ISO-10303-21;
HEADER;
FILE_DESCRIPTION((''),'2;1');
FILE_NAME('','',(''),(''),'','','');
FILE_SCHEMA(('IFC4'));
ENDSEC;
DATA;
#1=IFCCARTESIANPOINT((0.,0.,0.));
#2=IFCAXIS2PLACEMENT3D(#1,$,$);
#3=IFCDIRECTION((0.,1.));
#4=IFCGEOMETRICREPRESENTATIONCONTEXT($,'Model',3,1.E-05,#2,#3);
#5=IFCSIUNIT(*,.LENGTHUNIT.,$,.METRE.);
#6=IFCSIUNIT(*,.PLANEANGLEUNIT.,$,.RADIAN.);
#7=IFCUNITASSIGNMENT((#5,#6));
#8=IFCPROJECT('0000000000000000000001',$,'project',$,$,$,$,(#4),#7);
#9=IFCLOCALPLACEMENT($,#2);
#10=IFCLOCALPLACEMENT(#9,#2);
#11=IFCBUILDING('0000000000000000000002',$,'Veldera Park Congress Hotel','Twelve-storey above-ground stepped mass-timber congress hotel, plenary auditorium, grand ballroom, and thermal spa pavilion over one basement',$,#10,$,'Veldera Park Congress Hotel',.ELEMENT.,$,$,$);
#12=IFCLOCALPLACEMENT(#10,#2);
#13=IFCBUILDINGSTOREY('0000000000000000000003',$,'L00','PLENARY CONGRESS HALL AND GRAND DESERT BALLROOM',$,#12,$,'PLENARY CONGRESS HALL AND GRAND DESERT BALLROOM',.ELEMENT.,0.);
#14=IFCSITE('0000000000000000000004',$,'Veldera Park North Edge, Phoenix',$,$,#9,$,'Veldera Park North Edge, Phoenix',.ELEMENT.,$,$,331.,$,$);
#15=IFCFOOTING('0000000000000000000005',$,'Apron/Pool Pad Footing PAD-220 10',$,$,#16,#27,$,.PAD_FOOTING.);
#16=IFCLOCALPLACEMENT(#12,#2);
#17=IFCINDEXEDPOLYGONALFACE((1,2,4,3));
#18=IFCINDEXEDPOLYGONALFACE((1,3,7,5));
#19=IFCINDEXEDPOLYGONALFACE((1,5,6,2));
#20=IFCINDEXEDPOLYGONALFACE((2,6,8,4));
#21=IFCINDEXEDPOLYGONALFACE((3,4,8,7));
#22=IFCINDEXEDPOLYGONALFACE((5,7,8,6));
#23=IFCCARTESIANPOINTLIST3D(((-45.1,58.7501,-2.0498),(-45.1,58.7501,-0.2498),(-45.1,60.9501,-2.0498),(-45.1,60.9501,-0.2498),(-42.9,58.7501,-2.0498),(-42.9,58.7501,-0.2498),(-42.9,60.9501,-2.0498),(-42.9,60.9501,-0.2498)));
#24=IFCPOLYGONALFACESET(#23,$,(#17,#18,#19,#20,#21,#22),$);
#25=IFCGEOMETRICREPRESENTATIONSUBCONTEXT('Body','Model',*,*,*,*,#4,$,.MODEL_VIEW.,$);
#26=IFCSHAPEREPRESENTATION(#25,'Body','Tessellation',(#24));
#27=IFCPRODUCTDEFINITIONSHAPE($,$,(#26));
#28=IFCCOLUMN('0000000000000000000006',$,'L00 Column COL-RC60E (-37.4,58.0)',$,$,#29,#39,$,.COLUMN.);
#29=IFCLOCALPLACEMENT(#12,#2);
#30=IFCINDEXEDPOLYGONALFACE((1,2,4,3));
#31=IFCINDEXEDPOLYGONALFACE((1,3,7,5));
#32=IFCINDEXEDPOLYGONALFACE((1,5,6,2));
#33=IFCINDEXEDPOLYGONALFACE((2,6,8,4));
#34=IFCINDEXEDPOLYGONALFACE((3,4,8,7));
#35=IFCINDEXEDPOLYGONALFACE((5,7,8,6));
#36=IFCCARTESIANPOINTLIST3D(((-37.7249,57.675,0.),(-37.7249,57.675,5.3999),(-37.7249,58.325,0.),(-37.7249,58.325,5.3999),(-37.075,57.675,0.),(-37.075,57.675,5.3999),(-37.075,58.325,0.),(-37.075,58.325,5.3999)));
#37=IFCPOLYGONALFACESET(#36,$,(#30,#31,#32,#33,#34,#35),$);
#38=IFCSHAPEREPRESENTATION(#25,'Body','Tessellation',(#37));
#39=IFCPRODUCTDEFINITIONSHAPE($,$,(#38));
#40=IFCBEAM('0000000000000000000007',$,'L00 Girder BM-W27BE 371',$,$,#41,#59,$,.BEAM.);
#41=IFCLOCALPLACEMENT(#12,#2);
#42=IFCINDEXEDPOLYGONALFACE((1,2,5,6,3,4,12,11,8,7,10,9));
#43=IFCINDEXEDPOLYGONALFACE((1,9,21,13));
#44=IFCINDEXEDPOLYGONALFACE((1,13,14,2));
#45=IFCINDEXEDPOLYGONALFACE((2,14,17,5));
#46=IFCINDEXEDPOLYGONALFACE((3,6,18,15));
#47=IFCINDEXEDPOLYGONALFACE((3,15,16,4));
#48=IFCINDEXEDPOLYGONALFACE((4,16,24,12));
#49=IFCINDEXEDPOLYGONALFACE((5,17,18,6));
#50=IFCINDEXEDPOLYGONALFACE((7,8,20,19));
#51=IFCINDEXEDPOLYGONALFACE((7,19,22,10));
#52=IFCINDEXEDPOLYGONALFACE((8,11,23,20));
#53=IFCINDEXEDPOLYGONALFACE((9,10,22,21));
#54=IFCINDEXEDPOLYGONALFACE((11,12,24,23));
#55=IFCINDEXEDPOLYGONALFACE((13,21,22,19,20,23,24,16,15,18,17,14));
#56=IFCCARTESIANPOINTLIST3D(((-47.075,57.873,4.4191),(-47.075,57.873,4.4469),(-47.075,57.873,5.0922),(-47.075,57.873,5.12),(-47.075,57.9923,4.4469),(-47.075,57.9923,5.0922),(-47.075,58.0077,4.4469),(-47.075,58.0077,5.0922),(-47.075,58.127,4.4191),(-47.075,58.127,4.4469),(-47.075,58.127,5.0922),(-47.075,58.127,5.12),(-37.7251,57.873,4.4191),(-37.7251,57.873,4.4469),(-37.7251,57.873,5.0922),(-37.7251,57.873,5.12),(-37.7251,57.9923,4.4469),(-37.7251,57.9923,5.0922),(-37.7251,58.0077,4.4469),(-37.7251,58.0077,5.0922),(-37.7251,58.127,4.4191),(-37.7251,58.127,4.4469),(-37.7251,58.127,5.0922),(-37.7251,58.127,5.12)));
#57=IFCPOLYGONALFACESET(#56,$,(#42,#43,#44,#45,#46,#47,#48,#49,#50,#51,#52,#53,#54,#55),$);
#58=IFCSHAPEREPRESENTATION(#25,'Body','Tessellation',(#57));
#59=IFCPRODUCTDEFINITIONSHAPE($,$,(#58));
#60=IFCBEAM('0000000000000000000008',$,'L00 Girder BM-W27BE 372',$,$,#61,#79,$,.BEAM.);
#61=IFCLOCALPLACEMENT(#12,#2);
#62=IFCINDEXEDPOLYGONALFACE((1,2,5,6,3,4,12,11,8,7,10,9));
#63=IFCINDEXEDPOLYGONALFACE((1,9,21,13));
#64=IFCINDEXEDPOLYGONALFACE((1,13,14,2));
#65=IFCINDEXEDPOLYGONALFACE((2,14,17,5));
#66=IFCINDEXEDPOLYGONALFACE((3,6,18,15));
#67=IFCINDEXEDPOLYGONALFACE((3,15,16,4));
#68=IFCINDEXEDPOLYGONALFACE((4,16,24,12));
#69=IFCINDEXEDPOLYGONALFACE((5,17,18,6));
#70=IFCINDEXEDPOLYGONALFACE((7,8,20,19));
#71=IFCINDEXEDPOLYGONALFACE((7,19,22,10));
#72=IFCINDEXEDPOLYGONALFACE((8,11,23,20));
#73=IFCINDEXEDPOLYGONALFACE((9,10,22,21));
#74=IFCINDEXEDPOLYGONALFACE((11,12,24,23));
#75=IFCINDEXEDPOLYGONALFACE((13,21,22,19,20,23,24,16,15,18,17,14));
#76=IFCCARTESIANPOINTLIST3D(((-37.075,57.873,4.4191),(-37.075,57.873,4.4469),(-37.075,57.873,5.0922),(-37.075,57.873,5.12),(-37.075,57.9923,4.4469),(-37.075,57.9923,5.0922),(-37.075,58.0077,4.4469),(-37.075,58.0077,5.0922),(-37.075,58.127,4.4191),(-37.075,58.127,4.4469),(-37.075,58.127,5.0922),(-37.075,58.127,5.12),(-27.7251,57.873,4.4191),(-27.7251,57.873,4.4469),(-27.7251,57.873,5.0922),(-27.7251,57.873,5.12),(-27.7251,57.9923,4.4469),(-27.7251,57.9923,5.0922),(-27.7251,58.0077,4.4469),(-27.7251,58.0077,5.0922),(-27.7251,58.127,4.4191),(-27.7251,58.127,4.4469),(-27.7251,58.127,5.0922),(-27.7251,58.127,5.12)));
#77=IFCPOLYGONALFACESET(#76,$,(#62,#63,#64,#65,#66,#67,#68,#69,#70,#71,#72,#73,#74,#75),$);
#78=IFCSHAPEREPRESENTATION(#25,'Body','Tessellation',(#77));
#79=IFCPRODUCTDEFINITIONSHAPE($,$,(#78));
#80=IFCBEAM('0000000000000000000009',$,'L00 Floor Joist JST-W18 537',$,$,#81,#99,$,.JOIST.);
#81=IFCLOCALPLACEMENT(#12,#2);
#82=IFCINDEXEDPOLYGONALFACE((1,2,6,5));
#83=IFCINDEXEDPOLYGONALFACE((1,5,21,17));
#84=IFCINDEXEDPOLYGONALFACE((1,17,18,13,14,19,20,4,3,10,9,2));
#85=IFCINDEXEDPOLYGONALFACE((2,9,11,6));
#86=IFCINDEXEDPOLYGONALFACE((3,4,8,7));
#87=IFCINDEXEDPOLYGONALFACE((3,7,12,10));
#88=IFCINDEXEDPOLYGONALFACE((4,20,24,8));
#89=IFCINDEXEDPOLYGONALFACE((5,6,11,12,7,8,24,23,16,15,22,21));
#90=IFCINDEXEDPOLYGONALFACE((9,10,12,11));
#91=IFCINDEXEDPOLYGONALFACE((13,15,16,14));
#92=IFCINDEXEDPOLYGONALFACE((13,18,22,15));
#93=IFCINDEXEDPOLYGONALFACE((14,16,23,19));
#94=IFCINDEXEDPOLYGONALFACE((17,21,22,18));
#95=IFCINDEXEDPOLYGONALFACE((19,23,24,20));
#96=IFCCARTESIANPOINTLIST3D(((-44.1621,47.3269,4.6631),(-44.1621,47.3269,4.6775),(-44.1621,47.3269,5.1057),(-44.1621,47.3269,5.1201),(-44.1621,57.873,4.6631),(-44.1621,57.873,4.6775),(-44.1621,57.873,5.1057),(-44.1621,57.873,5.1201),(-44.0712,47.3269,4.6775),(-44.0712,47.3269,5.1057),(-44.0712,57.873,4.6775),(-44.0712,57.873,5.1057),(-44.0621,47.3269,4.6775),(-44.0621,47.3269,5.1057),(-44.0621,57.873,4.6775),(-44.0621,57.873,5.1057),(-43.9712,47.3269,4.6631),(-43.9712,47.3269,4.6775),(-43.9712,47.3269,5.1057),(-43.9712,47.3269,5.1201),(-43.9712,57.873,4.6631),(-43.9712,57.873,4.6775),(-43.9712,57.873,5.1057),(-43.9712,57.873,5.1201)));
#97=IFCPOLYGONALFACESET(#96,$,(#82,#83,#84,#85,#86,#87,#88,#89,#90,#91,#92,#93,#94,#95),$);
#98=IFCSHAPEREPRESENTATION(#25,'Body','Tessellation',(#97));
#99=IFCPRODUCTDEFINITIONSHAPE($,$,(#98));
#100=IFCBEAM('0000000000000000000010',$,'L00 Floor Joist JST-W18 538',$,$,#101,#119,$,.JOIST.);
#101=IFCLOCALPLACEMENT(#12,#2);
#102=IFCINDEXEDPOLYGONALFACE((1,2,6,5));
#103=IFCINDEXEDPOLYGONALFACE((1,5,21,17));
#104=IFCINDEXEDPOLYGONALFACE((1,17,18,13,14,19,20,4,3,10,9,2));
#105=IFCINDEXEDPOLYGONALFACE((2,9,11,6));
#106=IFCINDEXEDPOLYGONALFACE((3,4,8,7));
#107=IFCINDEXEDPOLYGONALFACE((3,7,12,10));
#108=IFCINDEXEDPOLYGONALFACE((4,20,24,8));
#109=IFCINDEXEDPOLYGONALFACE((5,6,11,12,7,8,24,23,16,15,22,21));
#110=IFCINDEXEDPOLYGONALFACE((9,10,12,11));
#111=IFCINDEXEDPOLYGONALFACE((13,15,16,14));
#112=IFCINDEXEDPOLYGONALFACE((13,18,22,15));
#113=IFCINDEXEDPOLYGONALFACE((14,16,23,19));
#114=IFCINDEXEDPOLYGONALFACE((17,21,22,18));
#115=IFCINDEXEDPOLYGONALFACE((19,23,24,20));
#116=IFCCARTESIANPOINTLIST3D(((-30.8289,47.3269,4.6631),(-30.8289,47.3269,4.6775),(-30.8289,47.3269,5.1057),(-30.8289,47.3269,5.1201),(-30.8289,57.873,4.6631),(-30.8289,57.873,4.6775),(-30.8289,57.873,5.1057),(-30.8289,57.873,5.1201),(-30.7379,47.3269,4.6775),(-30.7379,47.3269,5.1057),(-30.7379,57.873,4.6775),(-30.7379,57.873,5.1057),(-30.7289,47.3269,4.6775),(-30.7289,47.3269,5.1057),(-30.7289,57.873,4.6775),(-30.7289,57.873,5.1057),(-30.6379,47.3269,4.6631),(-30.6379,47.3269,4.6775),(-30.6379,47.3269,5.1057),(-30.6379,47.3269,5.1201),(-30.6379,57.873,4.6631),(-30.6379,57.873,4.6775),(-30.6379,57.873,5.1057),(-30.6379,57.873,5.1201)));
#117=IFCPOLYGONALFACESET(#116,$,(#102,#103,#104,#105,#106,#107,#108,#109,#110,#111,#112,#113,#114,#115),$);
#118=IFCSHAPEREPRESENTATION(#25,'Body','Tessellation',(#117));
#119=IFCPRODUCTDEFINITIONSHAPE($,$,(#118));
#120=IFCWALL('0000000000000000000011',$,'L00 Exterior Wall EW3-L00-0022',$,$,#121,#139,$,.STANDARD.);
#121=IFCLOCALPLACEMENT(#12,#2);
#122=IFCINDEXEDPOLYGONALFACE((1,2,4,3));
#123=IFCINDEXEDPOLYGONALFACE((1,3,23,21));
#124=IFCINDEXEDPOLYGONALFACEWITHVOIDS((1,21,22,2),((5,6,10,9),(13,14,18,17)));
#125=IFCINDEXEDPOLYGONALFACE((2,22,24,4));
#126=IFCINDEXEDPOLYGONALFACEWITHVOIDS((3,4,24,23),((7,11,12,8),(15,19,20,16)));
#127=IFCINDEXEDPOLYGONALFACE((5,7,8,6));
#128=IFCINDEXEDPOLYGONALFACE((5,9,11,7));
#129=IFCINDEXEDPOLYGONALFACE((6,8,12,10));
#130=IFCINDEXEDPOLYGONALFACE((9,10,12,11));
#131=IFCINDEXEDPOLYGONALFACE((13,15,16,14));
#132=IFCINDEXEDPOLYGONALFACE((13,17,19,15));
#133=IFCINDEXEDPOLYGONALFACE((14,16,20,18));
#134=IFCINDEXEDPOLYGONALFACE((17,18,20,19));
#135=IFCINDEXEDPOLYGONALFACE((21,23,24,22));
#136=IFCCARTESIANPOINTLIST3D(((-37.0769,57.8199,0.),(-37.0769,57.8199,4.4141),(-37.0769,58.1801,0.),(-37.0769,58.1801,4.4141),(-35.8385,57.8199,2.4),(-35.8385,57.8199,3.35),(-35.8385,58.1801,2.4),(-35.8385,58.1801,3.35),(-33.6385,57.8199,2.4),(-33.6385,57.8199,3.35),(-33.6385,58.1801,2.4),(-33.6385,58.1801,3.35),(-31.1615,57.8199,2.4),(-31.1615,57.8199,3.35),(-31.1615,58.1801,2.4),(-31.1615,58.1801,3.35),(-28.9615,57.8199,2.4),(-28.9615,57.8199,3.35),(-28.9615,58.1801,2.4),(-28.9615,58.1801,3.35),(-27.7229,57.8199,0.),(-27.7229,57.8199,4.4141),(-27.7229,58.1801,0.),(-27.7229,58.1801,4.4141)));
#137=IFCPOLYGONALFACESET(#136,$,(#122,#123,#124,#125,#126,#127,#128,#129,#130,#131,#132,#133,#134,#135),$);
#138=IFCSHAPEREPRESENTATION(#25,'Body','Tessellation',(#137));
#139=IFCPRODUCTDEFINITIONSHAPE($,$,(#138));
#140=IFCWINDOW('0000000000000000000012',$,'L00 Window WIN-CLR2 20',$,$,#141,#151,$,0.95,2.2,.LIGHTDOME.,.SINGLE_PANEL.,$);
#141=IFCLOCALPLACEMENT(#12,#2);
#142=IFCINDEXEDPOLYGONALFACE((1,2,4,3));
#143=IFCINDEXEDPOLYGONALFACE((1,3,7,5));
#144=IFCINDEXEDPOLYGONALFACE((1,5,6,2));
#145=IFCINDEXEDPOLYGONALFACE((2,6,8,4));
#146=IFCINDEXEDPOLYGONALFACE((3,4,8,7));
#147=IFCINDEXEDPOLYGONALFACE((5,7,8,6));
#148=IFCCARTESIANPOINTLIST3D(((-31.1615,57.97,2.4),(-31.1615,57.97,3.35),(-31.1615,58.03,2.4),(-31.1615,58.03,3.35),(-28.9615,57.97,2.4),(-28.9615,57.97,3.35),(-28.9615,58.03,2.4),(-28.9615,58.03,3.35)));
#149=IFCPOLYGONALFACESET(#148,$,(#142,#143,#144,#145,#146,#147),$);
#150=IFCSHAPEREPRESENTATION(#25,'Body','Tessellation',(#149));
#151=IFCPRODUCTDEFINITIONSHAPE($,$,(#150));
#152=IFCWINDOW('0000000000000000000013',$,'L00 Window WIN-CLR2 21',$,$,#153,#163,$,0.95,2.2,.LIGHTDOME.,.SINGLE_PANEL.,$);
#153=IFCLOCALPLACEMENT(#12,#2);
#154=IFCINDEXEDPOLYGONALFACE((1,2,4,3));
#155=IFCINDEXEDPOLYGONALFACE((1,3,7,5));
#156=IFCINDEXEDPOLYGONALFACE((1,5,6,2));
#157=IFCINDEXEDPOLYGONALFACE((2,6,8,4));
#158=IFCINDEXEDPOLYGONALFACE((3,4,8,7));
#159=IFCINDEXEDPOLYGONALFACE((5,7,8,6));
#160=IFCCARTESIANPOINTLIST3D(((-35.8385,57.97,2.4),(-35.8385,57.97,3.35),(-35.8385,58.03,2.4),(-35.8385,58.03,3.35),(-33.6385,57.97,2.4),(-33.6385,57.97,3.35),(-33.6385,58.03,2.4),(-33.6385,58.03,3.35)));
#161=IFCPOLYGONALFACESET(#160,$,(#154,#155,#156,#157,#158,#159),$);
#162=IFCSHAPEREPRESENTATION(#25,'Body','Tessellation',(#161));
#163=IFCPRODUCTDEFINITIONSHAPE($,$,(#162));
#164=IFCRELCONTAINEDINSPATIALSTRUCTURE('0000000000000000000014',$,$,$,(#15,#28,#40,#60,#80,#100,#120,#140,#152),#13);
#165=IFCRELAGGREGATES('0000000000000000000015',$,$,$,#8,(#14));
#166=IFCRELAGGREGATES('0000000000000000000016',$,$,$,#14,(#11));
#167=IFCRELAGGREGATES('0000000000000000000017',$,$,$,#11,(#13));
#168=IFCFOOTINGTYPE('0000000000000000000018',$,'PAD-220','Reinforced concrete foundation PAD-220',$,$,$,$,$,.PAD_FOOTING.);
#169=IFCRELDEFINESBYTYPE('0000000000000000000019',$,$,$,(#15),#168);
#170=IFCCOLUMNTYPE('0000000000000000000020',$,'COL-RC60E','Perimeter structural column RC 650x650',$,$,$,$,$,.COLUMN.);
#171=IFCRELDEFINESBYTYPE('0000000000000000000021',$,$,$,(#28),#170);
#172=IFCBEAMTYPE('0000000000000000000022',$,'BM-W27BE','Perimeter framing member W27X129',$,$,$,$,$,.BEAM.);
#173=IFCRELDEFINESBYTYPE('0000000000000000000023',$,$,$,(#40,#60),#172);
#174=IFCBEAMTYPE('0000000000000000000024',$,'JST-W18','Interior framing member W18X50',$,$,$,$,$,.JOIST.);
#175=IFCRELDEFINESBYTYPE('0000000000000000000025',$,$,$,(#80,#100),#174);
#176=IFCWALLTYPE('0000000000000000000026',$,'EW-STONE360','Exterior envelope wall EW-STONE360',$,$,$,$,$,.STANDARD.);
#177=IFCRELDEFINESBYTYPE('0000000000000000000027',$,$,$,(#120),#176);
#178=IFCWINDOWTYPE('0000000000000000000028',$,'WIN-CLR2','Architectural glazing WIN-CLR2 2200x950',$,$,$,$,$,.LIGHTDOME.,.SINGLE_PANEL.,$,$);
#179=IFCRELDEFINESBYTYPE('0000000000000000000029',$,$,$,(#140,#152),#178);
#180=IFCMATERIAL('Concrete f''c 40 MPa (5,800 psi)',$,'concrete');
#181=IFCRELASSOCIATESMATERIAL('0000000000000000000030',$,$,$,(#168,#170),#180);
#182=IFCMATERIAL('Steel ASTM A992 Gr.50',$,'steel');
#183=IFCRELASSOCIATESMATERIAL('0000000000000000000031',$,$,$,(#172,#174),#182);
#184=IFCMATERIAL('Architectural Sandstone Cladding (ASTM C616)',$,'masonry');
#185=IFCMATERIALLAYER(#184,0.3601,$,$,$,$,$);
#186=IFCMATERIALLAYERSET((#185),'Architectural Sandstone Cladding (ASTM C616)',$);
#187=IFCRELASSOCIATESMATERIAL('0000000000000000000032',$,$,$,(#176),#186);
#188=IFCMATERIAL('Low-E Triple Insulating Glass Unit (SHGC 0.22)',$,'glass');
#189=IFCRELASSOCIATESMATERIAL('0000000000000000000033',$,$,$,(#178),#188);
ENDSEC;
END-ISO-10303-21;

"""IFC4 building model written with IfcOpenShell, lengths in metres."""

from ifc_helpers import new_model, si_unit, direction, frame, frame_2d, origin, origin_2d, place, context, subcontext, project, spatial, rectangle, i_section, extrude, material, layer, layer_set, material_profile, profile_set, type_object, element, fill, save


model = new_model("IFC4")

# Units and contexts
model_context = context("Model", 3, precision=1e-05, world=origin(), true_north=direction((0.0, 1.0)))
body_context = subcontext(model_context, "Body", "Model", "MODEL_VIEW")
ifc_project = project(units=[si_unit("LENGTHUNIT", "METRE"), si_unit("PLANEANGLEUNIT", "RADIAN")], contexts=[model_context])

# Site, building, storey
site_placement = place(None, origin())
site = spatial("IfcSite", under=ifc_project, at=site_placement, Name="Veldera Park North Edge, Phoenix", LongName="Veldera Park North Edge, Phoenix", CompositionType="ELEMENT", RefElevation=331.0)
building_placement = place(site_placement, origin())
building = spatial("IfcBuilding", under=site, at=building_placement, Name="Veldera Park Congress Hotel", Description="Twelve-storey above-ground stepped mass-timber congress hotel, plenary auditorium, grand ballroom, and thermal spa pavilion over one basement", LongName="Veldera Park Congress Hotel", CompositionType="ELEMENT")
storey_placement = place(building_placement, origin())
storey = spatial("IfcBuildingStorey", under=building, at=storey_placement, Name="L00", Description="PLENARY CONGRESS HALL AND GRAND DESERT BALLROOM", LongName="PLENARY CONGRESS HALL AND GRAND DESERT BALLROOM", CompositionType="ELEMENT", Elevation=0.0)

# Footing
ifc_material_1 = material(Name="Concrete f'c 40 MPa (5,800 psi)", Category="concrete")
footing_type = type_object("IfcFootingType", Name="PAD-220", Description="Reinforced concrete foundation PAD-220", PredefinedType="PAD_FOOTING", material=ifc_material_1)
footing_placement = place(storey_placement, frame((-44.0, 59.8501, -2.0498), z_axis=(0.0, 0.0, 1.0), x_axis=(1.0, 0.0, 0.0)))
element("IfcFooting", 1, at=footing_placement, inside=storey, type_object=footing_type, Name="Apron/Pool Pad Footing PAD-220 10", PredefinedType="PAD_FOOTING", context=body_context, shape_type="SweptSolid", body=[
    extrude(rectangle(XDim=2.2, YDim=2.2, at=origin_2d()), origin(), (0.0, 0.0, 1.0), 1.8),
])

# Column
ifc_material_profile_1 = material_profile(ifc_material_1, rectangle(XDim=0.6499, YDim=0.6499, at=origin_2d()), Name="RC 650x650")
ifc_profile_set_1 = profile_set([ifc_material_profile_1], Name="Concrete f'c 40 MPa (5,800 psi)")
column_type = type_object("IfcColumnType", Name="COL-RC60E", Description="Perimeter structural column RC 650x650", PredefinedType="COLUMN", material=ifc_profile_set_1)
column_placement = place(storey_placement, frame((-37.3999, 58.0, 0.0), z_axis=(0.0, 0.0, 1.0), x_axis=(1.0, 0.0, 0.0)))
element("IfcColumn", 2, at=column_placement, inside=storey, type_object=column_type, Name="L00 Column COL-RC60E (-37.4,58.0)", PredefinedType="COLUMN", context=body_context, shape_type="SweptSolid", body=[
    extrude(rectangle(XDim=0.6499, YDim=0.6499, at=origin_2d()), origin(), (0.0, 0.0, 1.0), 5.3999),
])

# Beams
ifc_material_2 = material(Name="Steel ASTM A992 Gr.50", Category="steel")
ifc_material_profile_2 = material_profile(ifc_material_2, i_section(OverallWidth=0.2539, OverallDepth=0.7009, WebThickness=0.0154, FlangeThickness=0.0278, at=origin_2d()), Name="W27X129")
ifc_profile_set_2 = profile_set([ifc_material_profile_2], Name="Steel ASTM A992 Gr.50")
beam_type_1 = type_object("IfcBeamType", Name="BM-W27BE", Description="Perimeter framing member W27X129", PredefinedType="BEAM", material=ifc_profile_set_2)
for number, where, z_axis, x_axis, name in (
    (3, (-47.075, 58.0, 4.7695), (1.0, 0.0, 0.0), (0.0, 1.0, 0.0), "L00 Girder BM-W27BE 371"),
    (4, (-37.075, 58.0, 4.7695), (1.0, 0.0, 0.0), (0.0, 1.0, 0.0), "L00 Girder BM-W27BE 372"),
):
    element("IfcBeam", number, at=place(storey_placement, frame(where, z_axis=z_axis, x_axis=x_axis)), inside=storey, type_object=beam_type_1, Name=name, PredefinedType="BEAM", context=body_context, shape_type="SweptSolid", body=[
        extrude(i_section(OverallWidth=0.2539, OverallDepth=0.7009, WebThickness=0.0154, FlangeThickness=0.0278, at=origin_2d()), origin(), (0.0, 0.0, 1.0), 9.3499),
    ])
ifc_material_profile_3 = material_profile(ifc_material_2, i_section(OverallWidth=0.1909, OverallDepth=0.457, WebThickness=0.009, FlangeThickness=0.0144, at=origin_2d()), Name="W18X50")
ifc_profile_set_3 = profile_set([ifc_material_profile_3], Name="Steel ASTM A992 Gr.50")
beam_type_2 = type_object("IfcBeamType", Name="JST-W18", Description="Interior framing member W18X50", PredefinedType="JOIST", material=ifc_profile_set_3)
for number, where, z_axis, x_axis, name in (
    (5, (-44.0667, 47.3269, 4.8916), (0.0, 1.0, 0.0), (-1.0, 0.0, 0.0), "L00 Floor Joist JST-W18 537"),
    (6, (-30.7334, 47.3269, 4.8916), (0.0, 1.0, 0.0), (-1.0, 0.0, 0.0), "L00 Floor Joist JST-W18 538"),
):
    element("IfcBeam", number, at=place(storey_placement, frame(where, z_axis=z_axis, x_axis=x_axis)), inside=storey, type_object=beam_type_2, Name=name, PredefinedType="JOIST", context=body_context, shape_type="SweptSolid", body=[
        extrude(i_section(OverallWidth=0.1909, OverallDepth=0.457, WebThickness=0.009, FlangeThickness=0.0144, at=origin_2d()), origin(), (0.0, 0.0, 1.0), 10.5461),
    ])

# Wall, openings, windows
ifc_material_3 = material(Name="Architectural Sandstone Cladding (ASTM C616)", Category="masonry")
ifc_layer_1 = layer(ifc_material_3, 0.3601)
ifc_layer_set_1 = layer_set([ifc_layer_1], Name="Architectural Sandstone Cladding (ASTM C616)")
wall_type_1 = type_object("IfcWallType", Name="EW-STONE360", Description="Exterior envelope wall EW-STONE360", PredefinedType="STANDARD", material=ifc_layer_set_1)
wall_1_placement = place(storey_placement, frame((-27.7229, 58.0, 0.0), z_axis=(0.0, 0.0, 1.0), x_axis=(-1.0, 0.0, 0.0)))
wall_1 = element("IfcWall", 7, at=wall_1_placement, inside=storey, type_object=wall_type_1, Name="L00 Exterior Wall EW3-L00-0022", PredefinedType="STANDARD", context=body_context, shape_type="SweptSolid", body=[
    extrude(rectangle(XDim=9.354, YDim=0.3601, at=frame_2d((4.677, 0.0))), origin(), (0.0, 0.0, 1.0), 4.4141),
])
opening_1_placement = place(wall_1_placement, frame((1.2385, 0.0, 2.3999)))
opening_1 = element("IfcOpeningElement", 8, at=opening_1_placement, cuts=wall_1, PredefinedType="OPENING", context=body_context, shape_type="SweptSolid", body=[
    extrude(rectangle(XDim=2.2, YDim=0.95, at=frame_2d((1.1001, 0.4751))), frame((0.0, 0.1921, 0.0), z_axis=(0.0, -1.0, 0.0), x_axis=(1.0, 0.0, 0.0)), (0.0, 0.0, 1.0), 0.384),
])
opening_2_placement = place(wall_1_placement, frame((5.9155, 0.0, 2.3999)))
opening_2 = element("IfcOpeningElement", 9, at=opening_2_placement, cuts=wall_1, PredefinedType="OPENING", context=body_context, shape_type="SweptSolid", body=[
    extrude(rectangle(XDim=2.2, YDim=0.95, at=frame_2d((1.1001, 0.4751))), frame((0.0, 0.1921, 0.0), z_axis=(0.0, -1.0, 0.0), x_axis=(1.0, 0.0, 0.0)), (0.0, 0.0, 1.0), 0.384),
])
ifc_material_4 = material(Name="Low-E Triple Insulating Glass Unit (SHGC 0.22)", Category="glass")
window_type = type_object("IfcWindowType", Name="WIN-CLR2", Description="Architectural glazing WIN-CLR2 2200x950", PartitioningType="SINGLE_PANEL", PredefinedType="LIGHTDOME", material=ifc_material_4)
window_1_placement = place(opening_1_placement, origin())
window_1 = element("IfcWindow", 10, at=window_1_placement, inside=storey, type_object=window_type, Name="L00 Window WIN-CLR2 20", OverallHeight=0.95, OverallWidth=2.2, PartitioningType="SINGLE_PANEL", PredefinedType="LIGHTDOME", context=body_context, shape_type="SweptSolid", body=[
    extrude(rectangle(XDim=2.2, YDim=0.95, at=frame_2d((1.1001, 0.4751))), frame((0.0, 0.03, 0.0), z_axis=(0.0, -1.0, 0.0), x_axis=(1.0, 0.0, 0.0)), (0.0, 0.0, 1.0), 0.0601),
])
fill(opening_1, window_1)
window_2_placement = place(opening_2_placement, origin())
window_2 = element("IfcWindow", 11, at=window_2_placement, inside=storey, type_object=window_type, Name="L00 Window WIN-CLR2 21", OverallHeight=0.95, OverallWidth=2.2, PartitioningType="SINGLE_PANEL", PredefinedType="LIGHTDOME", context=body_context, shape_type="SweptSolid", body=[
    extrude(rectangle(XDim=2.2, YDim=0.95, at=frame_2d((1.1001, 0.4751))), frame((0.0, 0.03, 0.0), z_axis=(0.0, -1.0, 0.0), x_axis=(1.0, 0.0, 0.0)), (0.0, 0.0, 1.0), 0.0601),
])
fill(opening_2, window_2)

save(model, "model.ifc")
